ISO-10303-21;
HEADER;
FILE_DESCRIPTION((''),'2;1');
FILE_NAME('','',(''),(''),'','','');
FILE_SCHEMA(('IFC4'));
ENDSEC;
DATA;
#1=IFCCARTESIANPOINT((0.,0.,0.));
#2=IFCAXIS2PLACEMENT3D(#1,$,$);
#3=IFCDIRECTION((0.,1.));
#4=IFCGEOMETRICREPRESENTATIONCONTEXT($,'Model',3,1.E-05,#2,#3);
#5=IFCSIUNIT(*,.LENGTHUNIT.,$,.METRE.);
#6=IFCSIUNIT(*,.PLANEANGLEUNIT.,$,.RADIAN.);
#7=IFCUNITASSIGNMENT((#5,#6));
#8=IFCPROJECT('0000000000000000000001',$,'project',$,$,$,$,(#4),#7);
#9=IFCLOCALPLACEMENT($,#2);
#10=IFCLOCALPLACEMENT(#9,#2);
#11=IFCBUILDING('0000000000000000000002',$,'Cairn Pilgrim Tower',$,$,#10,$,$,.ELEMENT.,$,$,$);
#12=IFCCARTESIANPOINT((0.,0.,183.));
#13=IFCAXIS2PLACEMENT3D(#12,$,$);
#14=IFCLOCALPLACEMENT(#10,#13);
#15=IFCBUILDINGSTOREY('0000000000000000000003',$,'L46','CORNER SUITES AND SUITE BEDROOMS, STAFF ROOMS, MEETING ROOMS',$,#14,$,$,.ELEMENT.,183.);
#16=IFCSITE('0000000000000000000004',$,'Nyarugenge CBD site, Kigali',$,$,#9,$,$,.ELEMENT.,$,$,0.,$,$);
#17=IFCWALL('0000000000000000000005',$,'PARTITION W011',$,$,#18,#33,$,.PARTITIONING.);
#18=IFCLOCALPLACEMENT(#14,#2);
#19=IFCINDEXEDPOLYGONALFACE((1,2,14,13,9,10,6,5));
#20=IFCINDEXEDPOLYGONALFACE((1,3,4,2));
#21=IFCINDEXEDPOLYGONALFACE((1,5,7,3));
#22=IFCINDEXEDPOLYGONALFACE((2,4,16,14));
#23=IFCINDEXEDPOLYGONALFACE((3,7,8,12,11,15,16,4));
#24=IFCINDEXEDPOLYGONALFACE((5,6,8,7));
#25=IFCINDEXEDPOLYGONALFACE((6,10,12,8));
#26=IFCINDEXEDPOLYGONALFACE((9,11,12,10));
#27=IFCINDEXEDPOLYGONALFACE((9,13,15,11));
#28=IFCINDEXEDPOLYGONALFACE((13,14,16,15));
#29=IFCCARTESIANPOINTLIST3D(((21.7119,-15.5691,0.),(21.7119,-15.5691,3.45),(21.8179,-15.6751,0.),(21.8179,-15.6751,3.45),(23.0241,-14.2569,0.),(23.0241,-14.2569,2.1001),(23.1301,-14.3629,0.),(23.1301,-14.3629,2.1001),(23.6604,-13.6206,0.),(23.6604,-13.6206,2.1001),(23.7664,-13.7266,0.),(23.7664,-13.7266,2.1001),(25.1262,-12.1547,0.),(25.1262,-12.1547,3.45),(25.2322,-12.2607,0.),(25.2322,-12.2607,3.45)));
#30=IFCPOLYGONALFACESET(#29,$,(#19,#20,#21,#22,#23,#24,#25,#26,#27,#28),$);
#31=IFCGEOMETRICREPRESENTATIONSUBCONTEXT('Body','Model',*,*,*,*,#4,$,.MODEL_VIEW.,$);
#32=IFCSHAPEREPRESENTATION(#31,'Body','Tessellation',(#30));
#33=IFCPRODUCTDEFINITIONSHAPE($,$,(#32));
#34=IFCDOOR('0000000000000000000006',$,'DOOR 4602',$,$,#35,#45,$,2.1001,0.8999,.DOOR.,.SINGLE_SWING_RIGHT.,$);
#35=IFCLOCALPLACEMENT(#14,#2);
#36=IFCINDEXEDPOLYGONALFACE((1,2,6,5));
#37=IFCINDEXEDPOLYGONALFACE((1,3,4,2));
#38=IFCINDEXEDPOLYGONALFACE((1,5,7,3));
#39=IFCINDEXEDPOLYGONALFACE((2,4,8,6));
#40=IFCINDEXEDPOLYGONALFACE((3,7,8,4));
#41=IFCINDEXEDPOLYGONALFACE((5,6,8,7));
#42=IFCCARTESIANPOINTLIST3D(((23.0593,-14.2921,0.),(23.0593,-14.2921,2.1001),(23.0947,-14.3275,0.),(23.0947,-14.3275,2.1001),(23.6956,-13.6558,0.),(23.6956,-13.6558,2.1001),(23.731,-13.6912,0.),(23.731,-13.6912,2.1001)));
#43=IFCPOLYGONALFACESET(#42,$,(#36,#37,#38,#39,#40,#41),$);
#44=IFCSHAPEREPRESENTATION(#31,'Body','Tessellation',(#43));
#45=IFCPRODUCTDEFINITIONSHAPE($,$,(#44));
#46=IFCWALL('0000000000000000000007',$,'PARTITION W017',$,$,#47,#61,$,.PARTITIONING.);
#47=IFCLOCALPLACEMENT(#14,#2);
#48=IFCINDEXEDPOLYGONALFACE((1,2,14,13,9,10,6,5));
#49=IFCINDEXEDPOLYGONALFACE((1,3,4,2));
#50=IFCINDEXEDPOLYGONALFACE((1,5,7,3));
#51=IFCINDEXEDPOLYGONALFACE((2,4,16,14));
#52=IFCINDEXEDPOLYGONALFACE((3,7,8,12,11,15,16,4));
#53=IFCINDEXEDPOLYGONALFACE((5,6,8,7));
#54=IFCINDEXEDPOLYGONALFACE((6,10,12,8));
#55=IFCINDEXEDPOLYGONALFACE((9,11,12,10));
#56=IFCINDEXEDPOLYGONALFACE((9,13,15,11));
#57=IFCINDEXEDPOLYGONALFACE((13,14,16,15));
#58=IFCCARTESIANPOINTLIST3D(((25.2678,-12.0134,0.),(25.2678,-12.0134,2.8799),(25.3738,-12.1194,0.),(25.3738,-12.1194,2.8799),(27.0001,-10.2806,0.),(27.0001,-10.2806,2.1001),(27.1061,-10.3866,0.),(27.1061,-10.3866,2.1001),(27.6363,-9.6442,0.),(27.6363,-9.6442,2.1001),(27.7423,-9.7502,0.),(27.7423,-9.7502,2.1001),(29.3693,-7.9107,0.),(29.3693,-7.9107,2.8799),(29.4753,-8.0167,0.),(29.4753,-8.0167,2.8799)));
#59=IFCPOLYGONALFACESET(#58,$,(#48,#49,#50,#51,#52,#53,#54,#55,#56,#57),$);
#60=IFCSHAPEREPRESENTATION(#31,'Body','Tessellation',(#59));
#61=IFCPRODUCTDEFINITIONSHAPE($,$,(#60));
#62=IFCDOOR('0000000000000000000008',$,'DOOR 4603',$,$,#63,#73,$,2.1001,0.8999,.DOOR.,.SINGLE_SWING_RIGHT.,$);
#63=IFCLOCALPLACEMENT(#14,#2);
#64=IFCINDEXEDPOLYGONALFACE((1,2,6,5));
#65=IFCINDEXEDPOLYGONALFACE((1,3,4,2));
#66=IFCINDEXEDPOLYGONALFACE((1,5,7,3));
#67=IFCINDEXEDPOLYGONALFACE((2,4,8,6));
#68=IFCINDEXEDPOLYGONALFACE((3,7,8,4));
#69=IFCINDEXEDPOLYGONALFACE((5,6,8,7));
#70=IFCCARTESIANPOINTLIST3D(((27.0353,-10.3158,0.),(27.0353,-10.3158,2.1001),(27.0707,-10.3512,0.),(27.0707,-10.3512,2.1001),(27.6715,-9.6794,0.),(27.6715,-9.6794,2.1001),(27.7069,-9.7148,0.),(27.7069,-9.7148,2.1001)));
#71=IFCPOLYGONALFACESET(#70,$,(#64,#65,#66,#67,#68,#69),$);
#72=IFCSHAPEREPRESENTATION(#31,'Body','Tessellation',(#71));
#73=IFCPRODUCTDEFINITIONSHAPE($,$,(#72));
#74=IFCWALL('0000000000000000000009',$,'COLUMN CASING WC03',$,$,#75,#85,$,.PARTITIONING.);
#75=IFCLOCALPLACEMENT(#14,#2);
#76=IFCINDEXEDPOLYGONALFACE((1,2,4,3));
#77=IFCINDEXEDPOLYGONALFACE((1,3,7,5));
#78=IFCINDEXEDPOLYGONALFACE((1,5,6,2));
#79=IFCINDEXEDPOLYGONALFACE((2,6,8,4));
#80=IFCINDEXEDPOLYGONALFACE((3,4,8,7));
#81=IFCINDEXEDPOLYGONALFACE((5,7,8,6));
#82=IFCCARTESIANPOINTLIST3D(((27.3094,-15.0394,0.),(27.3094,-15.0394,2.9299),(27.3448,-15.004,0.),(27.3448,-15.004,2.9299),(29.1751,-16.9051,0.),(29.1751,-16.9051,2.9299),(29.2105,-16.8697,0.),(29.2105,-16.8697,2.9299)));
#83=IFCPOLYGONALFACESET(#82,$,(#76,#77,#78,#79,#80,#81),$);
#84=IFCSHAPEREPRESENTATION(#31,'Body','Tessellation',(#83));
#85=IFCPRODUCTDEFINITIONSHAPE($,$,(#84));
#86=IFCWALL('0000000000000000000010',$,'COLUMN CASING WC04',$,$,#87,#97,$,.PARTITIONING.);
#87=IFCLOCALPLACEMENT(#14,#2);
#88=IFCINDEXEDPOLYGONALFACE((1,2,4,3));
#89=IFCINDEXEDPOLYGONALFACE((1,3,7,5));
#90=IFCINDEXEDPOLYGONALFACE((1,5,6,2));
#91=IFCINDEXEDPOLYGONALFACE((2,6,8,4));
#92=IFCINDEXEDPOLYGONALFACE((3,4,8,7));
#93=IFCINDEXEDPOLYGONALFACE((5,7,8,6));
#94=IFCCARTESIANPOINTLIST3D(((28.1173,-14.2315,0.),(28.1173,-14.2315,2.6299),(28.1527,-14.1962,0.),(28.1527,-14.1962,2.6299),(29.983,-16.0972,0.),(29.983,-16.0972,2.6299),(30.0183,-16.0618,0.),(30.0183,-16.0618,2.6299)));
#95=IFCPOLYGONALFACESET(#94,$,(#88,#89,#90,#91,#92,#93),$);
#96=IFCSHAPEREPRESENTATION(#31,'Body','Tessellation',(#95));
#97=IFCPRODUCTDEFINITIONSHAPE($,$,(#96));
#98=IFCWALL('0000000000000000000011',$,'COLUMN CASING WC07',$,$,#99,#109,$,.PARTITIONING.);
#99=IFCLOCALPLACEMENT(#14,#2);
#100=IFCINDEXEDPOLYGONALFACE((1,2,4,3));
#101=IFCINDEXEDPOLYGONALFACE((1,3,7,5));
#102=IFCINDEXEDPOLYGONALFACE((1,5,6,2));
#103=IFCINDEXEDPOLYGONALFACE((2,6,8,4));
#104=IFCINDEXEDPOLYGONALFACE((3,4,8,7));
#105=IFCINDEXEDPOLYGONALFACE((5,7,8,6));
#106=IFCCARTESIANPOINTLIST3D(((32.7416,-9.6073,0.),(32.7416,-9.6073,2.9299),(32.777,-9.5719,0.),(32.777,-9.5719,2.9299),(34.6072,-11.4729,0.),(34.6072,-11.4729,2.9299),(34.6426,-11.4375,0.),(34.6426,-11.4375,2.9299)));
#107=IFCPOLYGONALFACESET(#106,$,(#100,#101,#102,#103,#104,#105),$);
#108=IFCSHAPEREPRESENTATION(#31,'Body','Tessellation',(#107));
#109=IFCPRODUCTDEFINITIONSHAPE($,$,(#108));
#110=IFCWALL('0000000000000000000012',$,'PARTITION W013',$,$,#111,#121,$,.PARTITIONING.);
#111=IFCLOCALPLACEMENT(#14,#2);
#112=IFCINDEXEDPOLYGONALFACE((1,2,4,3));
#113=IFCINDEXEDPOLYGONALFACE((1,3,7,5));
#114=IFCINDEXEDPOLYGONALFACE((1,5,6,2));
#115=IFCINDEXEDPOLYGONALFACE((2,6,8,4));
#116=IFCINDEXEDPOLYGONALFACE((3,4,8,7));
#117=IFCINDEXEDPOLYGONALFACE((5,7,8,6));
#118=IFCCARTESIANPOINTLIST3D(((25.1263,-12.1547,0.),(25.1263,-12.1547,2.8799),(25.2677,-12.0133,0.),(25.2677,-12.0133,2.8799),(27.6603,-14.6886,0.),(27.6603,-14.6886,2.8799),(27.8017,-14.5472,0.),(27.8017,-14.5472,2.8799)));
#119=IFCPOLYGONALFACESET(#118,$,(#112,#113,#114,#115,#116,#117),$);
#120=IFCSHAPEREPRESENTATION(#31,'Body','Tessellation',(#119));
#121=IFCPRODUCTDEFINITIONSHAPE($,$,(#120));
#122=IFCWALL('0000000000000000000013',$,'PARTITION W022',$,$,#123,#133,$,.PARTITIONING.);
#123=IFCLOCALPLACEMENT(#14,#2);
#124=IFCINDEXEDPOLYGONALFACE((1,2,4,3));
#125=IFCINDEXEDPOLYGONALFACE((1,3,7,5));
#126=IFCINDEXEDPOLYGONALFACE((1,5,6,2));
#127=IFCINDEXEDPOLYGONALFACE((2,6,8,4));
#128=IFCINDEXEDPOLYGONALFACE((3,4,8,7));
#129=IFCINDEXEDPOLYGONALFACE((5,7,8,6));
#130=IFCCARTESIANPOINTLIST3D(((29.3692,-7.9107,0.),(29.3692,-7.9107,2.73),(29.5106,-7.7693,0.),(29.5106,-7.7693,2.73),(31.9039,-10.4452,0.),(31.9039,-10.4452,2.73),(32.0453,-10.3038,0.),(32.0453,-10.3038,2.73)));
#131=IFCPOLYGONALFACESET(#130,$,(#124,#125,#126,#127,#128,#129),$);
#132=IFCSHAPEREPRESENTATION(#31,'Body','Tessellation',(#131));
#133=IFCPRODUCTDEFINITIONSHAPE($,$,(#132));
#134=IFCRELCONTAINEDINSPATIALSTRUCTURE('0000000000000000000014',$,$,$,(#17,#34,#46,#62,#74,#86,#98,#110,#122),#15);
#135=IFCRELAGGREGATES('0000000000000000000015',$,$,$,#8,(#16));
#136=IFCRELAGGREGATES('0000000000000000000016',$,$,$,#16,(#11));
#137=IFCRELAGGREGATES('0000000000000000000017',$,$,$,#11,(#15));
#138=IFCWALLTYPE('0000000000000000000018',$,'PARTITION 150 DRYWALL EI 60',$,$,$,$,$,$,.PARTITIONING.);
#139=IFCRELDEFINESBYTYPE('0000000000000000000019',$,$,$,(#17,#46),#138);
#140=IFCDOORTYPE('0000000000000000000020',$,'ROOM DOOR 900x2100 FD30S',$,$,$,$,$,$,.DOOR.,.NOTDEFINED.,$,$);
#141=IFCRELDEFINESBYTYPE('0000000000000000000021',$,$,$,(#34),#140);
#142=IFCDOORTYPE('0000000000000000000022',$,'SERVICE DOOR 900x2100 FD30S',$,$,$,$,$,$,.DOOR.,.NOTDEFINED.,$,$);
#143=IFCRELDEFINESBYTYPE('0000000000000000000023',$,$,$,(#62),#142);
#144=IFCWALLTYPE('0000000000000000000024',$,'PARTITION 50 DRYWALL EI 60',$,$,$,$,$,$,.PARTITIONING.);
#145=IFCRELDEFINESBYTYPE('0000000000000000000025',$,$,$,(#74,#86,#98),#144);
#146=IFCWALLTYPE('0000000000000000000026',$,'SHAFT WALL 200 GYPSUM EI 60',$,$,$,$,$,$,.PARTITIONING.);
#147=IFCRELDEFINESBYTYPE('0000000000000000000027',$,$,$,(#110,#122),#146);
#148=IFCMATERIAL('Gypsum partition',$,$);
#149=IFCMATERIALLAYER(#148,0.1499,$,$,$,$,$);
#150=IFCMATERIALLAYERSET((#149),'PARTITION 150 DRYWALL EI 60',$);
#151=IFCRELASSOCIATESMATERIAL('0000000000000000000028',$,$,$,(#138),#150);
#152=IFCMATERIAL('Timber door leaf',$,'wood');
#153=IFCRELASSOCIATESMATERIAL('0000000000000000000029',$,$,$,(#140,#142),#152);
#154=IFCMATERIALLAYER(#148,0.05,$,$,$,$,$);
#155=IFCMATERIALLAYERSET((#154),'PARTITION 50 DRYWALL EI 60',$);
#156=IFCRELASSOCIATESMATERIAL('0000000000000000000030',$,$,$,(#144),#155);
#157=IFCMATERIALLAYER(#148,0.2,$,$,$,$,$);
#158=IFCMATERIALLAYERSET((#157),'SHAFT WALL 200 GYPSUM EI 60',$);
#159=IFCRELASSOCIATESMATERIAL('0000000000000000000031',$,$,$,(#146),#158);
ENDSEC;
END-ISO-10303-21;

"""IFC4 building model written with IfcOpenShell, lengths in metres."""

from ifc_helpers import new_model, si_unit, direction, frame, frame_2d, origin, place, context, subcontext, project, spatial, rectangle, extrude, material, layer, layer_set, type_object, element, fill, save


model = new_model("IFC4")

# Units and contexts
model_context = context("Model", 3, precision=1e-05, world=origin(), true_north=direction((0.0, 1.0)))
body_context = subcontext(model_context, "Body", "Model", "MODEL_VIEW")
ifc_project = project(units=[si_unit("LENGTHUNIT", "METRE"), si_unit("PLANEANGLEUNIT", "RADIAN")], contexts=[model_context])

# Site, building, storey
site_placement = place(None, origin())
site = spatial("IfcSite", under=ifc_project, at=site_placement, Name="Nyarugenge CBD site, Kigali", CompositionType="ELEMENT", RefElevation=0.0)
building_placement = place(site_placement, origin())
building = spatial("IfcBuilding", under=site, at=building_placement, Name="Cairn Pilgrim Tower", CompositionType="ELEMENT")
storey_placement = place(building_placement, frame((0.0, 0.0, 183.0)))
storey = spatial("IfcBuildingStorey", under=building, at=storey_placement, Name="L46", Description="CORNER SUITES AND SUITE BEDROOMS, STAFF ROOMS, MEETING ROOMS", CompositionType="ELEMENT", Elevation=183.0)

# Shared definitions
ifc_material_1 = material(Name="Gypsum partition")

# Walls, openings, doors
ifc_layer_1 = layer(ifc_material_1, 0.1499)
ifc_layer_set_1 = layer_set([ifc_layer_1], Name="PARTITION 150 DRYWALL EI 60")
wall_type_1 = type_object("IfcWallType", Name="PARTITION 150 DRYWALL EI 60", PredefinedType="PARTITIONING", material=ifc_layer_set_1)
wall_1_placement = place(storey_placement, frame((21.7649, -15.6221, 0.0), z_axis=(0.0, 0.0, 1.0), x_axis=(0.707107, 0.707107, 0.0)))
wall_1 = element("IfcWall", 1, at=wall_1_placement, inside=storey, type_object=wall_type_1, Name="PARTITION W011", PredefinedType="PARTITIONING", context=body_context, shape_type="SweptSolid", body=[
    extrude(rectangle(XDim=4.8286, YDim=0.1499, at=frame_2d((2.4143, 0.0))), origin(), (0.0, 0.0, 1.0), 3.45),
])
opening_1_placement = place(wall_1_placement, frame((1.8557, 0.0, 0.0)))
opening_1 = element("IfcOpeningElement", 2, at=opening_1_placement, cuts=wall_1, PredefinedType="OPENING", context=body_context, shape_type="SweptSolid", body=[
    extrude(rectangle(XDim=0.8999, YDim=2.1001, at=frame_2d((0.45, 1.05))), frame((0.0, 0.085, 0.0), z_axis=(0.0, -1.0, 0.0), x_axis=(1.0, 0.0, 0.0)), (0.0, 0.0, 1.0), 0.1699),
])
ifc_material_2 = material(Name="Timber door leaf", Category="wood")
door_type_1 = type_object("IfcDoorType", Name="ROOM DOOR 900x2100 FD30S", OperationType="NOTDEFINED", PredefinedType="DOOR", material=ifc_material_2)
door_1_placement = place(opening_1_placement, frame((0.8999, 0.0, 0.0), z_axis=(0.0, 0.0, 1.0), x_axis=(-1.0, 0.0, 0.0)))
door_1 = element("IfcDoor", 3, at=door_1_placement, inside=storey, type_object=door_type_1, Name="DOOR 4602", OperationType="SINGLE_SWING_RIGHT", OverallHeight=2.1001, OverallWidth=0.8999, PredefinedType="DOOR", context=body_context, shape_type="SweptSolid", body=[
    extrude(rectangle(XDim=0.8999, YDim=2.1001, at=frame_2d((0.45, 1.05))), frame((0.0, 0.0249, 0.0), z_axis=(0.0, -1.0, 0.0), x_axis=(1.0, 0.0, 0.0)), (0.0, 0.0, 1.0), 0.05),
])
fill(opening_1, door_1)
wall_2_placement = place(storey_placement, frame((25.3208, -12.0664, 0.0), z_axis=(0.0, 0.0, 1.0), x_axis=(0.707002, 0.707212, 0.0)))
wall_2 = element("IfcWall", 4, at=wall_2_placement, inside=storey, type_object=wall_type_1, Name="PARTITION W017", PredefinedType="PARTITIONING", context=body_context, shape_type="SweptSolid", body=[
    extrude(rectangle(XDim=5.8013, YDim=0.1499, at=frame_2d((2.9006, 0.0))), origin(), (0.0, 0.0, 1.0), 2.8799),
])
opening_2_placement = place(wall_2_placement, frame((2.4502, 0.0, 0.0)))
opening_2 = element("IfcOpeningElement", 5, at=opening_2_placement, cuts=wall_2, PredefinedType="OPENING", context=body_context, shape_type="SweptSolid", body=[
    extrude(rectangle(XDim=0.8999, YDim=2.1001, at=frame_2d((0.45, 1.05))), frame((0.0, 0.085, 0.0), z_axis=(0.0, -1.0, 0.0), x_axis=(1.0, 0.0, 0.0)), (0.0, 0.0, 1.0), 0.1699),
])
door_type_2 = type_object("IfcDoorType", Name="SERVICE DOOR 900x2100 FD30S", OperationType="NOTDEFINED", PredefinedType="DOOR", material=ifc_material_2)
door_2_placement = place(opening_2_placement, frame((0.8999, 0.0, 0.0), z_axis=(0.0, 0.0, 1.0), x_axis=(-1.0, 0.0, 0.0)))
door_2 = element("IfcDoor", 6, at=door_2_placement, inside=storey, type_object=door_type_2, Name="DOOR 4603", OperationType="SINGLE_SWING_RIGHT", OverallHeight=2.1001, OverallWidth=0.8999, PredefinedType="DOOR", context=body_context, shape_type="SweptSolid", body=[
    extrude(rectangle(XDim=0.8999, YDim=2.1001, at=frame_2d((0.45, 1.05))), frame((0.0, 0.0249, 0.0), z_axis=(0.0, -1.0, 0.0), x_axis=(1.0, 0.0, 0.0)), (0.0, 0.0, 1.0), 0.05),
])
fill(opening_2, door_2)

# Walls
ifc_layer_2 = layer(ifc_material_1, 0.05)
ifc_layer_set_2 = layer_set([ifc_layer_2], Name="PARTITION 50 DRYWALL EI 60")
wall_type_2 = type_object("IfcWallType", Name="PARTITION 50 DRYWALL EI 60", PredefinedType="PARTITIONING", material=ifc_layer_set_2)
wall_3_placement = place(storey_placement, frame((29.1929, -16.8875, 0.0), z_axis=(0.0, 0.0, 1.0), x_axis=(-0.707107, 0.707107, 0.0)))
element("IfcWall", 7, at=wall_3_placement, inside=storey, type_object=wall_type_2, Name="COLUMN CASING WC03", PredefinedType="PARTITIONING", context=body_context, shape_type="SweptSolid", body=[
    extrude(rectangle(XDim=2.6384, YDim=0.05, at=frame_2d((1.3193, 0.0))), origin(), (0.0, 0.0, 1.0), 2.9299),
])
wall_4_placement = place(storey_placement, frame((30.0007, -16.0796, 0.0), z_axis=(0.0, 0.0, 1.0), x_axis=(-0.707107, 0.707107, 0.0)))
element("IfcWall", 8, at=wall_4_placement, inside=storey, type_object=wall_type_2, Name="COLUMN CASING WC04", PredefinedType="PARTITIONING", context=body_context, shape_type="SweptSolid", body=[
    extrude(rectangle(XDim=2.6384, YDim=0.05, at=frame_2d((1.3193, 0.0))), origin(), (0.0, 0.0, 1.0), 2.6299),
])
wall_5_placement = place(storey_placement, frame((34.625, -11.4553, 0.0), z_axis=(0.0, 0.0, 1.0), x_axis=(-0.707107, 0.707107, 0.0)))
element("IfcWall", 9, at=wall_5_placement, inside=storey, type_object=wall_type_2, Name="COLUMN CASING WC07", PredefinedType="PARTITIONING", context=body_context, shape_type="SweptSolid", body=[
    extrude(rectangle(XDim=2.6384, YDim=0.05, at=frame_2d((1.3193, 0.0))), origin(), (0.0, 0.0, 1.0), 2.9299),
])
ifc_layer_3 = layer(ifc_material_1, 0.2)
ifc_layer_set_3 = layer_set([ifc_layer_3], Name="SHAFT WALL 200 GYPSUM EI 60")
wall_type_3 = type_object("IfcWallType", Name="SHAFT WALL 200 GYPSUM EI 60", PredefinedType="PARTITIONING", material=ifc_layer_set_3)
wall_6_placement = place(storey_placement, frame((27.731, -14.6179, 0.0), z_axis=(0.0, 0.0, 1.0), x_axis=(-0.707107, 0.707107, 0.0)))
element("IfcWall", 10, at=wall_6_placement, inside=storey, type_object=wall_type_3, Name="PARTITION W013", PredefinedType="PARTITIONING", context=body_context, shape_type="SweptSolid", body=[
    extrude(rectangle(XDim=3.5835, YDim=0.2, at=frame_2d((1.7917, 0.0))), origin(), (0.0, 0.0, 1.0), 2.8799),
])
wall_7_placement = place(storey_placement, frame((31.9746, -10.3745, 0.0), z_axis=(0.0, 0.0, 1.0), x_axis=(-0.707141, 0.707073, 0.0)))
element("IfcWall", 11, at=wall_7_placement, inside=storey, type_object=wall_type_3, Name="PARTITION W022", PredefinedType="PARTITIONING", context=body_context, shape_type="SweptSolid", body=[
    extrude(rectangle(XDim=3.5845, YDim=0.2, at=frame_2d((1.7922, 0.0))), origin(), (0.0, 0.0, 1.0), 2.73),
])

save(model, "model.ifc")
